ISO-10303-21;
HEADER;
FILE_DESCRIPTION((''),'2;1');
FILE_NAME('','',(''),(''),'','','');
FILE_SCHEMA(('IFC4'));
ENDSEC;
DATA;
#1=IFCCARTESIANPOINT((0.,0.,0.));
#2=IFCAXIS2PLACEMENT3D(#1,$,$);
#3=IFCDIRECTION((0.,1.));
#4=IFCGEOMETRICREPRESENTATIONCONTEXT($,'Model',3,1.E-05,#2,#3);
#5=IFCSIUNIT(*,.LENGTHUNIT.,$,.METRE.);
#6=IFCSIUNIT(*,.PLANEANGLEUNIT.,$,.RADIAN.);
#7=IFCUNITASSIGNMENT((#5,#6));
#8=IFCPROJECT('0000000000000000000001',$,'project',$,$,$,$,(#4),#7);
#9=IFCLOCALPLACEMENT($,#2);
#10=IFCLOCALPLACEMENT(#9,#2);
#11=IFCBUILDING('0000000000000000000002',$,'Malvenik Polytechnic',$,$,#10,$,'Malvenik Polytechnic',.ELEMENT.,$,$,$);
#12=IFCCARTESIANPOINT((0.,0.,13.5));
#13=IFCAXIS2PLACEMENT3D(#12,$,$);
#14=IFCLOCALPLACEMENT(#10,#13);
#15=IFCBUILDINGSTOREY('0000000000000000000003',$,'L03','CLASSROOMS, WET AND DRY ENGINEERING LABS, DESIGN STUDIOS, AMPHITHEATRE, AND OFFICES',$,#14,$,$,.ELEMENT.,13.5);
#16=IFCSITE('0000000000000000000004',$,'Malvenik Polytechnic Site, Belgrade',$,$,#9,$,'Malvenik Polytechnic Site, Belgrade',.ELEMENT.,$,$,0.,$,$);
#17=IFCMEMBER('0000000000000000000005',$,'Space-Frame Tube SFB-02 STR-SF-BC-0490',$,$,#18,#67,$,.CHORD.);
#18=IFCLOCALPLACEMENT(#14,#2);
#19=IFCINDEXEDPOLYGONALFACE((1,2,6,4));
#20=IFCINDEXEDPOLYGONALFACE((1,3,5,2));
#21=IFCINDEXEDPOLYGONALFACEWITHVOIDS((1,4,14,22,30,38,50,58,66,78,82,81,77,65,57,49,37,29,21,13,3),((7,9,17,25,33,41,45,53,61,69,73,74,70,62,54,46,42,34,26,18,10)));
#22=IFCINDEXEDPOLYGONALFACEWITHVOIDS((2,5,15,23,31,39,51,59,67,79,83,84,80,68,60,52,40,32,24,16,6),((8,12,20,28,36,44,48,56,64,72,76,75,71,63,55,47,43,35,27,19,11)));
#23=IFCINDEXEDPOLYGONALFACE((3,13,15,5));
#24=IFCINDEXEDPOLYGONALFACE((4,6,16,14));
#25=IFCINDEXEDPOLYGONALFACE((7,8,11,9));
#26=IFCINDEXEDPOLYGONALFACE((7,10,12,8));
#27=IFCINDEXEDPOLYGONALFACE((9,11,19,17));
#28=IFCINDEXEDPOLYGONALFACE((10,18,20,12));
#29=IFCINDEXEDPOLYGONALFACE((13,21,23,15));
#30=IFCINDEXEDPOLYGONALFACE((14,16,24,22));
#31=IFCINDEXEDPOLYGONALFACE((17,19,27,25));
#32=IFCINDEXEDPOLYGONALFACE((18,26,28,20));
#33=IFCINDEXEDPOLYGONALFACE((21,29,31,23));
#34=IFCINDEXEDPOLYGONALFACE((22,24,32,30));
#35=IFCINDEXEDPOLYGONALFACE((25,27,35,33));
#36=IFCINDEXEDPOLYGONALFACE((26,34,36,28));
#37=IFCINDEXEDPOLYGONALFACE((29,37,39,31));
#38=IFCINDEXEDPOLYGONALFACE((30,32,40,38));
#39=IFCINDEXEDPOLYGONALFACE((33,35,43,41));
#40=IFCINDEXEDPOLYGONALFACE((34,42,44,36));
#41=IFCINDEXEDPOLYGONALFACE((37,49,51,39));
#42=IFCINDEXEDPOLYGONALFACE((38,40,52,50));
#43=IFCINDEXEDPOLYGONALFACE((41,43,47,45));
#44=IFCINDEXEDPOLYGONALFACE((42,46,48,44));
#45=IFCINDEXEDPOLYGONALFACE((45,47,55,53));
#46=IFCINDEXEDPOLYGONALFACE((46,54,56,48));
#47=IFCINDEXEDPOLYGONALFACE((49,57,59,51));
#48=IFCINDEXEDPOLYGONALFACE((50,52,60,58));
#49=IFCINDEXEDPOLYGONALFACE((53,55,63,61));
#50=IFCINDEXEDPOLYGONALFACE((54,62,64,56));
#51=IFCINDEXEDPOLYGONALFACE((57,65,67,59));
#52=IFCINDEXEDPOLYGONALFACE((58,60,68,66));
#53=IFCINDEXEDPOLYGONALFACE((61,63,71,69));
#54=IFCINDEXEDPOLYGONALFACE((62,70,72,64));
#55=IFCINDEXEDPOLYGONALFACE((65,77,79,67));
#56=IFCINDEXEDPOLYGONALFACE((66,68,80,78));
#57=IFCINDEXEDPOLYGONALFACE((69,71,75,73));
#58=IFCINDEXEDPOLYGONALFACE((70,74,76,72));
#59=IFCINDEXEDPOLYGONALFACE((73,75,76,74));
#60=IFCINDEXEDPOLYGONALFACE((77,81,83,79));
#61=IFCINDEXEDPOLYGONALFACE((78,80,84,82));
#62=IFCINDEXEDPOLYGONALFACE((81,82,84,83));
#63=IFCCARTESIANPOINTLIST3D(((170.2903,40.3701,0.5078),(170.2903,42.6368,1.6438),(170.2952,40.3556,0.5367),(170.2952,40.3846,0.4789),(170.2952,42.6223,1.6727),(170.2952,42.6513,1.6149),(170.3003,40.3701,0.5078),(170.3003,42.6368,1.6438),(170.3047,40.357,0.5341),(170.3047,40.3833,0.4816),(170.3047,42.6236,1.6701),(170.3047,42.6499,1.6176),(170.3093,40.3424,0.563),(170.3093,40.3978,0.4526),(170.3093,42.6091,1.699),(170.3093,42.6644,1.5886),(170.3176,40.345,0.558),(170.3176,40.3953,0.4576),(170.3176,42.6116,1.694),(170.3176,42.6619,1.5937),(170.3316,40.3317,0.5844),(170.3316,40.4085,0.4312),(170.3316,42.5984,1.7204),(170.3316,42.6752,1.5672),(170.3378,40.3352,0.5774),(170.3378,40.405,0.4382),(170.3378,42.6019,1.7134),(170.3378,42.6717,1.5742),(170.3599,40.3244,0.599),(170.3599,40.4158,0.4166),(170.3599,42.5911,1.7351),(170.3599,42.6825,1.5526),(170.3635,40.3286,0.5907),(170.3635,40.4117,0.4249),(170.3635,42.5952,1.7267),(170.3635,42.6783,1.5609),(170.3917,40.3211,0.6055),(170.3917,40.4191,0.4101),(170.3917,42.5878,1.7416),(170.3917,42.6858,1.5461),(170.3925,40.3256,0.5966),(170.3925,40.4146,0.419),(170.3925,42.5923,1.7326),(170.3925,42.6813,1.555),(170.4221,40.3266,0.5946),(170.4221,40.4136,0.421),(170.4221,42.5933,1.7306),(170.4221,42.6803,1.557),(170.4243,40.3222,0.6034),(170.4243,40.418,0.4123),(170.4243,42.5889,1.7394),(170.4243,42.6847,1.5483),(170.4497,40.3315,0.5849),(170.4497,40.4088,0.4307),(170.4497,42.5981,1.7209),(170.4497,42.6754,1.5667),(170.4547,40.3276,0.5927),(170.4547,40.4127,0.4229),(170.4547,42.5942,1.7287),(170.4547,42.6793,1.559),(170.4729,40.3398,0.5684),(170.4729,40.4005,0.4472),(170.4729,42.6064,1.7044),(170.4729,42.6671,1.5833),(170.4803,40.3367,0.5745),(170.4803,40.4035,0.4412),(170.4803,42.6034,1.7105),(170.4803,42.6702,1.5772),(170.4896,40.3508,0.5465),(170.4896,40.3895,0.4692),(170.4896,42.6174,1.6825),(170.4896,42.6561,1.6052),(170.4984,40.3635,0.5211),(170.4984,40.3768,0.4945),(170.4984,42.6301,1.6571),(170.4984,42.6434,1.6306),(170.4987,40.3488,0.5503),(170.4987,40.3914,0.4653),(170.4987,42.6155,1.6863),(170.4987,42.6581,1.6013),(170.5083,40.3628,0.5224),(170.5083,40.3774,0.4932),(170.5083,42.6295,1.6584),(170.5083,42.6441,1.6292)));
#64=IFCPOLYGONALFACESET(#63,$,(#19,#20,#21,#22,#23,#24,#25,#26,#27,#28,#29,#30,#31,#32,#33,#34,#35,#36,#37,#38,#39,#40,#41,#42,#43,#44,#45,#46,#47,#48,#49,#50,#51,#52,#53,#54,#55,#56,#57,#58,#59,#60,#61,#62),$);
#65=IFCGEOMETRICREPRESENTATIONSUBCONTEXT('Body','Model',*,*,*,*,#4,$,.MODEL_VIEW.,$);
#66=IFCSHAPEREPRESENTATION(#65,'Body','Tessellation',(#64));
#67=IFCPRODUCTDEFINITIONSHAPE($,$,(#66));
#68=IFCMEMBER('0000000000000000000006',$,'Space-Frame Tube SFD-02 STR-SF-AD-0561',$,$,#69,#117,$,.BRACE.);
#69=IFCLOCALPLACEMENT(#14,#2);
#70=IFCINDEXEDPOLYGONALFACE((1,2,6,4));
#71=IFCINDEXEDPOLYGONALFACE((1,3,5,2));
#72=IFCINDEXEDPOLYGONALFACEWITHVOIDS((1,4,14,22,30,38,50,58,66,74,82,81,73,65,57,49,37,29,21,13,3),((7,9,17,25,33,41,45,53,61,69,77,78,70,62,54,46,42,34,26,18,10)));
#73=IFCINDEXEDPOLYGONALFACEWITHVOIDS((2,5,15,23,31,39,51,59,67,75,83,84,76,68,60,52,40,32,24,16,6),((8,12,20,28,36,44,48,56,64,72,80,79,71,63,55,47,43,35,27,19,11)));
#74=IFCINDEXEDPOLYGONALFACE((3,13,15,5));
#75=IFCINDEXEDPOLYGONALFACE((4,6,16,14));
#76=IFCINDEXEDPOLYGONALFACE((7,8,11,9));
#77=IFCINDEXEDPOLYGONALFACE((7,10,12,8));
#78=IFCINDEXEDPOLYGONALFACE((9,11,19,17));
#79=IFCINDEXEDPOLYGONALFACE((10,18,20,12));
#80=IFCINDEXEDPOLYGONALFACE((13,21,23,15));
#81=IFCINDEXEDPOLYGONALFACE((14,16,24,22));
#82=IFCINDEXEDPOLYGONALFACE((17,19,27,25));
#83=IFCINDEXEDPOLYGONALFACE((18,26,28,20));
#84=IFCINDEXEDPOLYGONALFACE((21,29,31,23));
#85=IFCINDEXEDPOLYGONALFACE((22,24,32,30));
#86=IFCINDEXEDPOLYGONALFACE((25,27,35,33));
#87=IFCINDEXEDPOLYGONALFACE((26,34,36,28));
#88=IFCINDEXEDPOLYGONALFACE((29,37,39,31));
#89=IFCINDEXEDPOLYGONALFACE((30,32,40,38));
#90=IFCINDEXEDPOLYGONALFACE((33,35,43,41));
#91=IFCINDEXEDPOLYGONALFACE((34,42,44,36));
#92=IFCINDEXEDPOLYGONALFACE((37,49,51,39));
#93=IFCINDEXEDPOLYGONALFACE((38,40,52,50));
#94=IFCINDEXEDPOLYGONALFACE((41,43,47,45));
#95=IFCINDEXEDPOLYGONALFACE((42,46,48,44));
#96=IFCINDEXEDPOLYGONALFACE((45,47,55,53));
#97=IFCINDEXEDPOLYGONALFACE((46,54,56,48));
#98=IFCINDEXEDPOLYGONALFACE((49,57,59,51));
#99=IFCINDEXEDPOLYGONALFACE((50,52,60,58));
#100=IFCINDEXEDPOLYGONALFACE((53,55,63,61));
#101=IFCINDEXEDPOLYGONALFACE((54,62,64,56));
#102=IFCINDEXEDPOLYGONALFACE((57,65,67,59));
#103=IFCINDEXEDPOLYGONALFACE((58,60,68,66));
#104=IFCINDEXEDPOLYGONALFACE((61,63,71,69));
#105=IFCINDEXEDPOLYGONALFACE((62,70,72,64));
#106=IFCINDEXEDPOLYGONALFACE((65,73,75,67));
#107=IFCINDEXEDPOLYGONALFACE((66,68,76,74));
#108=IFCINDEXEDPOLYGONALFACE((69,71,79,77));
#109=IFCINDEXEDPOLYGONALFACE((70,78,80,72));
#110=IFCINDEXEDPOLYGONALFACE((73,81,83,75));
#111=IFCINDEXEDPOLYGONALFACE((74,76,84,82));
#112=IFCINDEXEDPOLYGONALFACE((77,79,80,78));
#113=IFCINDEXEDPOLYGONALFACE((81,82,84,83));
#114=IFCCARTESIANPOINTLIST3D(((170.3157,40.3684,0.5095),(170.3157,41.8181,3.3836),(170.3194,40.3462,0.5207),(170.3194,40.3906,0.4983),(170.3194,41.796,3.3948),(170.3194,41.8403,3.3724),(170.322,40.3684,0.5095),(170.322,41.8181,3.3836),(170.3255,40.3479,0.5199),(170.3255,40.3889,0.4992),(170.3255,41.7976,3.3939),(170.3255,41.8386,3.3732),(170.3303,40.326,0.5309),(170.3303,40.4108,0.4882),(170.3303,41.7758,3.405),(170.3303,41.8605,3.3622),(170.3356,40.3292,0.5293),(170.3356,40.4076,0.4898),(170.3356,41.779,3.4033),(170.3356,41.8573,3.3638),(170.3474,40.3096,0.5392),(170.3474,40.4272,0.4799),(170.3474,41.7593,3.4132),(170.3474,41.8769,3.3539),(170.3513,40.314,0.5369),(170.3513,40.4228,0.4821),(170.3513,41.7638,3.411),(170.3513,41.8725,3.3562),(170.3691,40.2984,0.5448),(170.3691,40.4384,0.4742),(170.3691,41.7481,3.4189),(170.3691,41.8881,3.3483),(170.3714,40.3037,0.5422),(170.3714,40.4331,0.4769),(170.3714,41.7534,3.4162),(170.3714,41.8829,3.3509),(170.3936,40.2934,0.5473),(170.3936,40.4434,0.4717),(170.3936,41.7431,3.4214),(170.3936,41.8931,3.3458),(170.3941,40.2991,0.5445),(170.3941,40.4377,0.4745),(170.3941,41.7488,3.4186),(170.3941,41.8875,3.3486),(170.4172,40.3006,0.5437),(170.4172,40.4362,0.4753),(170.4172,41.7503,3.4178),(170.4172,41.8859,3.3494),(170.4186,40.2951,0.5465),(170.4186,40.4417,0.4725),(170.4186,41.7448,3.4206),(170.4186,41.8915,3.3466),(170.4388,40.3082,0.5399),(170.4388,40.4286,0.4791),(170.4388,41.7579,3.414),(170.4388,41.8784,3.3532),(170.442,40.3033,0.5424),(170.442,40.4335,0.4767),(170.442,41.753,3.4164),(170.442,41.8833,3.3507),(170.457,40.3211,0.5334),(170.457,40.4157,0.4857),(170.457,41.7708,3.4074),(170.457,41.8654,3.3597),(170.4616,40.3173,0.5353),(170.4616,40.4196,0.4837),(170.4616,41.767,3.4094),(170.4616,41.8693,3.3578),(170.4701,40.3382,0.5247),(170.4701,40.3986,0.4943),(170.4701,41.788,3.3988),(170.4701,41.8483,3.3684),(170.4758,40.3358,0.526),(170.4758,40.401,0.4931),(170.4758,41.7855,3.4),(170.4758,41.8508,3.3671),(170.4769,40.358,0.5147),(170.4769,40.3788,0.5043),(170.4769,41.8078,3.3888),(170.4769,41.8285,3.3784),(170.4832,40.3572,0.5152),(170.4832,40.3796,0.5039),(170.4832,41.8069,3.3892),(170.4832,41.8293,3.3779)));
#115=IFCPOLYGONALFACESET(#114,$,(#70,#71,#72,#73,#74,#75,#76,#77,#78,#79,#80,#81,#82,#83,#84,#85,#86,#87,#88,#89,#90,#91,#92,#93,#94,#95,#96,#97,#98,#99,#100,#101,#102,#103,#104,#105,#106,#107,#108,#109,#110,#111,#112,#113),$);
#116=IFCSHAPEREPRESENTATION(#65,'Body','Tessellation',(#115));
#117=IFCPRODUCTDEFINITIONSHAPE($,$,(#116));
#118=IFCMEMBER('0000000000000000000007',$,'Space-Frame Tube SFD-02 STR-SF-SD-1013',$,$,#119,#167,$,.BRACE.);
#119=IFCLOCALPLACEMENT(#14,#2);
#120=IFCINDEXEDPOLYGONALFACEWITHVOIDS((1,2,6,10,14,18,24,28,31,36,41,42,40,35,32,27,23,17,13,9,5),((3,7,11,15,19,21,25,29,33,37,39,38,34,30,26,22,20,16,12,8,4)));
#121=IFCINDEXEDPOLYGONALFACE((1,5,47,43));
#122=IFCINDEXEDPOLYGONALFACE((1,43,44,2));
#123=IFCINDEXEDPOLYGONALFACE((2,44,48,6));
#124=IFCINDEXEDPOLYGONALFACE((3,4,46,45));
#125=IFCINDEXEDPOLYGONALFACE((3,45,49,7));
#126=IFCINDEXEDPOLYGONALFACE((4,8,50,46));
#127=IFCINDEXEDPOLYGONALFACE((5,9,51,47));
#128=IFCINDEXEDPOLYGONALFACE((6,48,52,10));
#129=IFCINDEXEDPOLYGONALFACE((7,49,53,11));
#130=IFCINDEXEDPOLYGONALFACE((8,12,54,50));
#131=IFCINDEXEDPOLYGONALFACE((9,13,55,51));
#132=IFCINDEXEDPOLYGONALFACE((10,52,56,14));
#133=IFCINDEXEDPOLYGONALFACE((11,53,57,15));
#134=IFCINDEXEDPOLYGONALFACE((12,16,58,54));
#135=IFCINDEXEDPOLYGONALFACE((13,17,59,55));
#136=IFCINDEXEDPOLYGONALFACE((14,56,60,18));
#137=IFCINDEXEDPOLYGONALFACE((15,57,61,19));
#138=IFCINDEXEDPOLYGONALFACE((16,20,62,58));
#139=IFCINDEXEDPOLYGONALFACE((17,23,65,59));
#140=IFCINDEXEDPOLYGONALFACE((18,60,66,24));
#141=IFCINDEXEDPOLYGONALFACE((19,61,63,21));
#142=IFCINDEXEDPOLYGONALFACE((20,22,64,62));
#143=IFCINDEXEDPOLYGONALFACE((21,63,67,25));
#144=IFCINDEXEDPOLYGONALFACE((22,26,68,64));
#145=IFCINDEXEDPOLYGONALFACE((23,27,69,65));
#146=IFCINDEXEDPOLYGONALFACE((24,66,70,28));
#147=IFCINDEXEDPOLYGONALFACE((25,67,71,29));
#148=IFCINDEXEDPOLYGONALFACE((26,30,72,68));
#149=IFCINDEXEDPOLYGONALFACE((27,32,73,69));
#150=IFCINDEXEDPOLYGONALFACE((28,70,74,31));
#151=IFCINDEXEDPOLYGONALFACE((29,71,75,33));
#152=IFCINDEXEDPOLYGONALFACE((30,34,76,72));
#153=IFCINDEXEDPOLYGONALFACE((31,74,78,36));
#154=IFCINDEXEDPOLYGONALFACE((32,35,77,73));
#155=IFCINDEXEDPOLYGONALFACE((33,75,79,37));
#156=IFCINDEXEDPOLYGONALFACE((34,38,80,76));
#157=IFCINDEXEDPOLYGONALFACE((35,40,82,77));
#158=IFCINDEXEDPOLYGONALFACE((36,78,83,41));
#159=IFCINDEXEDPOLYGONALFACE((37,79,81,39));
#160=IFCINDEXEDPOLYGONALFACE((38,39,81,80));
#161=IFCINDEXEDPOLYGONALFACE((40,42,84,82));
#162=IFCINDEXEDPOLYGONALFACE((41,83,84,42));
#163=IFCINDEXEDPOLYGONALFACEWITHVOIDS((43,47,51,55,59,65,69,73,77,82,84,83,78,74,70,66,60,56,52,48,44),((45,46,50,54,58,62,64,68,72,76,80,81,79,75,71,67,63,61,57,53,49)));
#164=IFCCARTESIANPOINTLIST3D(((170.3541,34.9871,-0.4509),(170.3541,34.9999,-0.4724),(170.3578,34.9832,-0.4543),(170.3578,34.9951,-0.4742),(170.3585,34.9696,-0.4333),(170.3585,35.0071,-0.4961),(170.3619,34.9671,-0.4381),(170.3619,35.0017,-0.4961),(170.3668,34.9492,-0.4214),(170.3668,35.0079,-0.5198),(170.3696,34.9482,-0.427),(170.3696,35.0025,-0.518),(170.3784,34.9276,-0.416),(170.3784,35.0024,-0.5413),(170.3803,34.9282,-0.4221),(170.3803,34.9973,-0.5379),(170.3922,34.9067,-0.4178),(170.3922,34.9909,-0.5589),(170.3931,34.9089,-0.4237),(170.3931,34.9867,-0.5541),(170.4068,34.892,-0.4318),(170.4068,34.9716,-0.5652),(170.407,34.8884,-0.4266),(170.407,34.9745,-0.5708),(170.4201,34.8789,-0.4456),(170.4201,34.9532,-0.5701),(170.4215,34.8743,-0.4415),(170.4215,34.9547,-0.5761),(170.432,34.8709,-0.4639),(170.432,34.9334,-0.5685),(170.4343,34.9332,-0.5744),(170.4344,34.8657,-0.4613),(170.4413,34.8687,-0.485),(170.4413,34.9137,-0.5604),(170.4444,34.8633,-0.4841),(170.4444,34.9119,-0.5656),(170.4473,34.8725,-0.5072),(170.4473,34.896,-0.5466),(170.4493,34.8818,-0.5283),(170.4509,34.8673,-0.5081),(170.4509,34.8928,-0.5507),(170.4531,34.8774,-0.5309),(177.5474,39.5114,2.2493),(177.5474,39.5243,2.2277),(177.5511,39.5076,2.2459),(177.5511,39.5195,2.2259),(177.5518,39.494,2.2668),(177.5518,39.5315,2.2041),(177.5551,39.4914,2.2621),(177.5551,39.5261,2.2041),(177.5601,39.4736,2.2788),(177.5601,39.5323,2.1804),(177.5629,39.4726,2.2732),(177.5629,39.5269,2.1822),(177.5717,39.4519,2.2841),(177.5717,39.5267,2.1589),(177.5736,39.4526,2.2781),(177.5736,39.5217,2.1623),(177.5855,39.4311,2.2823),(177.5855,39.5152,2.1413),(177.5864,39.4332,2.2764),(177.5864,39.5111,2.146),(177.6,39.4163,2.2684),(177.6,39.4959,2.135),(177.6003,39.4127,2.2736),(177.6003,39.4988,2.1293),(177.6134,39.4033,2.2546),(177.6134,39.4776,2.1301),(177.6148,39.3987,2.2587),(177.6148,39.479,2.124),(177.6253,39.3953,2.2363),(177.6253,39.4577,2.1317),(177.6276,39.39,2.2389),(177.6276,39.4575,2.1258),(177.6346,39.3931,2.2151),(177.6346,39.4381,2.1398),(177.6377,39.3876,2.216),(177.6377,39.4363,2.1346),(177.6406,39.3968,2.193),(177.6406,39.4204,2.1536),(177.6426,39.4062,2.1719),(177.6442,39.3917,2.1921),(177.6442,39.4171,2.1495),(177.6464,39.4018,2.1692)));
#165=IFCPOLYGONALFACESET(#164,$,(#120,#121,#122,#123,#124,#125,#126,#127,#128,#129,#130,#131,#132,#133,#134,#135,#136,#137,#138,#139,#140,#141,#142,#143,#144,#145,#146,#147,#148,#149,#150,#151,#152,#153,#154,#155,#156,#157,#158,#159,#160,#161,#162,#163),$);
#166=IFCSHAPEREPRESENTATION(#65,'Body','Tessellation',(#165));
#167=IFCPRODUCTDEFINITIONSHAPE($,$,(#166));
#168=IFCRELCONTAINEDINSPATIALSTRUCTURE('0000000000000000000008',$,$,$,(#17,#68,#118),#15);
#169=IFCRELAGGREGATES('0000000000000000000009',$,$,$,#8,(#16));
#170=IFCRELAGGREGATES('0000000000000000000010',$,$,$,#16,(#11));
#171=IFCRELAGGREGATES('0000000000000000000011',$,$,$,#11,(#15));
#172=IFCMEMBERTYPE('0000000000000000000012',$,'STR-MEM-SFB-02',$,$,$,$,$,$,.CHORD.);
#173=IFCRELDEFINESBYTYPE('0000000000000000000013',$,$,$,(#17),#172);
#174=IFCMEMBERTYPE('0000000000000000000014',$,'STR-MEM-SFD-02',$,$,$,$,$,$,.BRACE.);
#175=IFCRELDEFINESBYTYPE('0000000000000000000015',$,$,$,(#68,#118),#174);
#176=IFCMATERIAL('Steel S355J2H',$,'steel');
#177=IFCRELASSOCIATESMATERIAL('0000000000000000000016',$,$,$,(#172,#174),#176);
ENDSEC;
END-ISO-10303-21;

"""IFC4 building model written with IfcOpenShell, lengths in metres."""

from ifc_helpers import new_model, si_unit, direction, frame, origin, origin_2d, place, context, subcontext, project, spatial, hollow_circle, extrude, material, material_profile, profile_set, type_object, element, save


model = new_model("IFC4")

# Units and contexts
model_context = context("Model", 3, precision=1e-05, world=origin(), true_north=direction((0.0, 1.0)))
body_context = subcontext(model_context, "Body", "Model", "MODEL_VIEW")
ifc_project = project(units=[si_unit("LENGTHUNIT", "METRE"), si_unit("PLANEANGLEUNIT", "RADIAN")], contexts=[model_context])

# Site, building, storey
site_placement = place(None, origin())
site = spatial("IfcSite", under=ifc_project, at=site_placement, Name="Malvenik Polytechnic Site, Belgrade", LongName="Malvenik Polytechnic Site, Belgrade", CompositionType="ELEMENT", RefElevation=0.0)
building_placement = place(site_placement, origin())
building = spatial("IfcBuilding", under=site, at=building_placement, Name="Malvenik Polytechnic", LongName="Malvenik Polytechnic", CompositionType="ELEMENT")
storey_placement = place(building_placement, frame((0.0, 0.0, 13.5)))
storey = spatial("IfcBuildingStorey", under=building, at=storey_placement, Name="L03", Description="CLASSROOMS, WET AND DRY ENGINEERING LABS, DESIGN STUDIOS, AMPHITHEATRE, AND OFFICES", CompositionType="ELEMENT", Elevation=13.5)

# Members
ifc_material_1 = material(Name="Steel S355J2H", Category="steel")
ifc_material_profile_1 = material_profile(ifc_material_1, hollow_circle(Radius=0.1096, WallThickness=0.01, at=origin_2d()), Name="CHS 219.1x10.0")
ifc_profile_set_1 = profile_set([ifc_material_profile_1], Name="Steel S355J2H")
member_type_1 = type_object("IfcMemberType", Name="STR-MEM-SFB-02", PredefinedType="CHORD", material=ifc_profile_set_1)
member_1_placement = place(storey_placement, frame((170.3999, 40.3701, 0.5078), z_axis=(0.0, 0.894003, 0.448061), x_axis=(-1.0, 0.0, 0.0)))
element("IfcMember", 1, at=member_1_placement, inside=storey, type_object=member_type_1, Name="Space-Frame Tube SFB-02 STR-SF-BC-0490", PredefinedType="CHORD", context=body_context, shape_type="SweptSolid", body=[
    extrude(hollow_circle(Radius=0.1096, WallThickness=0.01, at=origin_2d()), origin(), (0.0, 0.0, 1.0), 2.5354),
])
ifc_material_profile_2 = material_profile(ifc_material_1, hollow_circle(Radius=0.0842, WallThickness=0.0063, at=origin_2d()), Name="CHS 168.3x6.3")
ifc_profile_set_2 = profile_set([ifc_material_profile_2], Name="Steel S355J2H")
member_type_2 = type_object("IfcMemberType", Name="STR-MEM-SFD-02", PredefinedType="BRACE", material=ifc_profile_set_2)
member_2_placement = place(storey_placement, frame((170.3999, 40.3684, 0.5095), z_axis=(0.0, 0.450366, 0.892844), x_axis=(-1.0, 0.0, 0.0)))
element("IfcMember", 2, at=member_2_placement, inside=storey, type_object=member_type_2, Name="Space-Frame Tube SFD-02 STR-SF-AD-0561", PredefinedType="BRACE", context=body_context, shape_type="SweptSolid", body=[
    extrude(hollow_circle(Radius=0.0842, WallThickness=0.0063, at=origin_2d()), origin(), (0.0, 0.0, 1.0), 3.219),
])
for number, where, z_axis, x_axis, name in (
    (3, (170.4033, 34.9358, -0.4961), (0.806738, 0.507415, 0.302828), (-0.532414, 0.846484, 0.0), "Space-Frame Tube SFD-02 STR-SF-SD-1013"),
):
    element("IfcMember", number, at=place(storey_placement, frame(where, z_axis=z_axis, x_axis=x_axis)), inside=storey, type_object=member_type_2, Name=name, PredefinedType="BRACE", context=body_context, shape_type="SweptSolid", body=[
        extrude(hollow_circle(Radius=0.0842, WallThickness=0.0063, at=origin_2d()), origin(), (0.0, 0.0, 1.0), 8.9165),
    ])

save(model, "model.ifc")
